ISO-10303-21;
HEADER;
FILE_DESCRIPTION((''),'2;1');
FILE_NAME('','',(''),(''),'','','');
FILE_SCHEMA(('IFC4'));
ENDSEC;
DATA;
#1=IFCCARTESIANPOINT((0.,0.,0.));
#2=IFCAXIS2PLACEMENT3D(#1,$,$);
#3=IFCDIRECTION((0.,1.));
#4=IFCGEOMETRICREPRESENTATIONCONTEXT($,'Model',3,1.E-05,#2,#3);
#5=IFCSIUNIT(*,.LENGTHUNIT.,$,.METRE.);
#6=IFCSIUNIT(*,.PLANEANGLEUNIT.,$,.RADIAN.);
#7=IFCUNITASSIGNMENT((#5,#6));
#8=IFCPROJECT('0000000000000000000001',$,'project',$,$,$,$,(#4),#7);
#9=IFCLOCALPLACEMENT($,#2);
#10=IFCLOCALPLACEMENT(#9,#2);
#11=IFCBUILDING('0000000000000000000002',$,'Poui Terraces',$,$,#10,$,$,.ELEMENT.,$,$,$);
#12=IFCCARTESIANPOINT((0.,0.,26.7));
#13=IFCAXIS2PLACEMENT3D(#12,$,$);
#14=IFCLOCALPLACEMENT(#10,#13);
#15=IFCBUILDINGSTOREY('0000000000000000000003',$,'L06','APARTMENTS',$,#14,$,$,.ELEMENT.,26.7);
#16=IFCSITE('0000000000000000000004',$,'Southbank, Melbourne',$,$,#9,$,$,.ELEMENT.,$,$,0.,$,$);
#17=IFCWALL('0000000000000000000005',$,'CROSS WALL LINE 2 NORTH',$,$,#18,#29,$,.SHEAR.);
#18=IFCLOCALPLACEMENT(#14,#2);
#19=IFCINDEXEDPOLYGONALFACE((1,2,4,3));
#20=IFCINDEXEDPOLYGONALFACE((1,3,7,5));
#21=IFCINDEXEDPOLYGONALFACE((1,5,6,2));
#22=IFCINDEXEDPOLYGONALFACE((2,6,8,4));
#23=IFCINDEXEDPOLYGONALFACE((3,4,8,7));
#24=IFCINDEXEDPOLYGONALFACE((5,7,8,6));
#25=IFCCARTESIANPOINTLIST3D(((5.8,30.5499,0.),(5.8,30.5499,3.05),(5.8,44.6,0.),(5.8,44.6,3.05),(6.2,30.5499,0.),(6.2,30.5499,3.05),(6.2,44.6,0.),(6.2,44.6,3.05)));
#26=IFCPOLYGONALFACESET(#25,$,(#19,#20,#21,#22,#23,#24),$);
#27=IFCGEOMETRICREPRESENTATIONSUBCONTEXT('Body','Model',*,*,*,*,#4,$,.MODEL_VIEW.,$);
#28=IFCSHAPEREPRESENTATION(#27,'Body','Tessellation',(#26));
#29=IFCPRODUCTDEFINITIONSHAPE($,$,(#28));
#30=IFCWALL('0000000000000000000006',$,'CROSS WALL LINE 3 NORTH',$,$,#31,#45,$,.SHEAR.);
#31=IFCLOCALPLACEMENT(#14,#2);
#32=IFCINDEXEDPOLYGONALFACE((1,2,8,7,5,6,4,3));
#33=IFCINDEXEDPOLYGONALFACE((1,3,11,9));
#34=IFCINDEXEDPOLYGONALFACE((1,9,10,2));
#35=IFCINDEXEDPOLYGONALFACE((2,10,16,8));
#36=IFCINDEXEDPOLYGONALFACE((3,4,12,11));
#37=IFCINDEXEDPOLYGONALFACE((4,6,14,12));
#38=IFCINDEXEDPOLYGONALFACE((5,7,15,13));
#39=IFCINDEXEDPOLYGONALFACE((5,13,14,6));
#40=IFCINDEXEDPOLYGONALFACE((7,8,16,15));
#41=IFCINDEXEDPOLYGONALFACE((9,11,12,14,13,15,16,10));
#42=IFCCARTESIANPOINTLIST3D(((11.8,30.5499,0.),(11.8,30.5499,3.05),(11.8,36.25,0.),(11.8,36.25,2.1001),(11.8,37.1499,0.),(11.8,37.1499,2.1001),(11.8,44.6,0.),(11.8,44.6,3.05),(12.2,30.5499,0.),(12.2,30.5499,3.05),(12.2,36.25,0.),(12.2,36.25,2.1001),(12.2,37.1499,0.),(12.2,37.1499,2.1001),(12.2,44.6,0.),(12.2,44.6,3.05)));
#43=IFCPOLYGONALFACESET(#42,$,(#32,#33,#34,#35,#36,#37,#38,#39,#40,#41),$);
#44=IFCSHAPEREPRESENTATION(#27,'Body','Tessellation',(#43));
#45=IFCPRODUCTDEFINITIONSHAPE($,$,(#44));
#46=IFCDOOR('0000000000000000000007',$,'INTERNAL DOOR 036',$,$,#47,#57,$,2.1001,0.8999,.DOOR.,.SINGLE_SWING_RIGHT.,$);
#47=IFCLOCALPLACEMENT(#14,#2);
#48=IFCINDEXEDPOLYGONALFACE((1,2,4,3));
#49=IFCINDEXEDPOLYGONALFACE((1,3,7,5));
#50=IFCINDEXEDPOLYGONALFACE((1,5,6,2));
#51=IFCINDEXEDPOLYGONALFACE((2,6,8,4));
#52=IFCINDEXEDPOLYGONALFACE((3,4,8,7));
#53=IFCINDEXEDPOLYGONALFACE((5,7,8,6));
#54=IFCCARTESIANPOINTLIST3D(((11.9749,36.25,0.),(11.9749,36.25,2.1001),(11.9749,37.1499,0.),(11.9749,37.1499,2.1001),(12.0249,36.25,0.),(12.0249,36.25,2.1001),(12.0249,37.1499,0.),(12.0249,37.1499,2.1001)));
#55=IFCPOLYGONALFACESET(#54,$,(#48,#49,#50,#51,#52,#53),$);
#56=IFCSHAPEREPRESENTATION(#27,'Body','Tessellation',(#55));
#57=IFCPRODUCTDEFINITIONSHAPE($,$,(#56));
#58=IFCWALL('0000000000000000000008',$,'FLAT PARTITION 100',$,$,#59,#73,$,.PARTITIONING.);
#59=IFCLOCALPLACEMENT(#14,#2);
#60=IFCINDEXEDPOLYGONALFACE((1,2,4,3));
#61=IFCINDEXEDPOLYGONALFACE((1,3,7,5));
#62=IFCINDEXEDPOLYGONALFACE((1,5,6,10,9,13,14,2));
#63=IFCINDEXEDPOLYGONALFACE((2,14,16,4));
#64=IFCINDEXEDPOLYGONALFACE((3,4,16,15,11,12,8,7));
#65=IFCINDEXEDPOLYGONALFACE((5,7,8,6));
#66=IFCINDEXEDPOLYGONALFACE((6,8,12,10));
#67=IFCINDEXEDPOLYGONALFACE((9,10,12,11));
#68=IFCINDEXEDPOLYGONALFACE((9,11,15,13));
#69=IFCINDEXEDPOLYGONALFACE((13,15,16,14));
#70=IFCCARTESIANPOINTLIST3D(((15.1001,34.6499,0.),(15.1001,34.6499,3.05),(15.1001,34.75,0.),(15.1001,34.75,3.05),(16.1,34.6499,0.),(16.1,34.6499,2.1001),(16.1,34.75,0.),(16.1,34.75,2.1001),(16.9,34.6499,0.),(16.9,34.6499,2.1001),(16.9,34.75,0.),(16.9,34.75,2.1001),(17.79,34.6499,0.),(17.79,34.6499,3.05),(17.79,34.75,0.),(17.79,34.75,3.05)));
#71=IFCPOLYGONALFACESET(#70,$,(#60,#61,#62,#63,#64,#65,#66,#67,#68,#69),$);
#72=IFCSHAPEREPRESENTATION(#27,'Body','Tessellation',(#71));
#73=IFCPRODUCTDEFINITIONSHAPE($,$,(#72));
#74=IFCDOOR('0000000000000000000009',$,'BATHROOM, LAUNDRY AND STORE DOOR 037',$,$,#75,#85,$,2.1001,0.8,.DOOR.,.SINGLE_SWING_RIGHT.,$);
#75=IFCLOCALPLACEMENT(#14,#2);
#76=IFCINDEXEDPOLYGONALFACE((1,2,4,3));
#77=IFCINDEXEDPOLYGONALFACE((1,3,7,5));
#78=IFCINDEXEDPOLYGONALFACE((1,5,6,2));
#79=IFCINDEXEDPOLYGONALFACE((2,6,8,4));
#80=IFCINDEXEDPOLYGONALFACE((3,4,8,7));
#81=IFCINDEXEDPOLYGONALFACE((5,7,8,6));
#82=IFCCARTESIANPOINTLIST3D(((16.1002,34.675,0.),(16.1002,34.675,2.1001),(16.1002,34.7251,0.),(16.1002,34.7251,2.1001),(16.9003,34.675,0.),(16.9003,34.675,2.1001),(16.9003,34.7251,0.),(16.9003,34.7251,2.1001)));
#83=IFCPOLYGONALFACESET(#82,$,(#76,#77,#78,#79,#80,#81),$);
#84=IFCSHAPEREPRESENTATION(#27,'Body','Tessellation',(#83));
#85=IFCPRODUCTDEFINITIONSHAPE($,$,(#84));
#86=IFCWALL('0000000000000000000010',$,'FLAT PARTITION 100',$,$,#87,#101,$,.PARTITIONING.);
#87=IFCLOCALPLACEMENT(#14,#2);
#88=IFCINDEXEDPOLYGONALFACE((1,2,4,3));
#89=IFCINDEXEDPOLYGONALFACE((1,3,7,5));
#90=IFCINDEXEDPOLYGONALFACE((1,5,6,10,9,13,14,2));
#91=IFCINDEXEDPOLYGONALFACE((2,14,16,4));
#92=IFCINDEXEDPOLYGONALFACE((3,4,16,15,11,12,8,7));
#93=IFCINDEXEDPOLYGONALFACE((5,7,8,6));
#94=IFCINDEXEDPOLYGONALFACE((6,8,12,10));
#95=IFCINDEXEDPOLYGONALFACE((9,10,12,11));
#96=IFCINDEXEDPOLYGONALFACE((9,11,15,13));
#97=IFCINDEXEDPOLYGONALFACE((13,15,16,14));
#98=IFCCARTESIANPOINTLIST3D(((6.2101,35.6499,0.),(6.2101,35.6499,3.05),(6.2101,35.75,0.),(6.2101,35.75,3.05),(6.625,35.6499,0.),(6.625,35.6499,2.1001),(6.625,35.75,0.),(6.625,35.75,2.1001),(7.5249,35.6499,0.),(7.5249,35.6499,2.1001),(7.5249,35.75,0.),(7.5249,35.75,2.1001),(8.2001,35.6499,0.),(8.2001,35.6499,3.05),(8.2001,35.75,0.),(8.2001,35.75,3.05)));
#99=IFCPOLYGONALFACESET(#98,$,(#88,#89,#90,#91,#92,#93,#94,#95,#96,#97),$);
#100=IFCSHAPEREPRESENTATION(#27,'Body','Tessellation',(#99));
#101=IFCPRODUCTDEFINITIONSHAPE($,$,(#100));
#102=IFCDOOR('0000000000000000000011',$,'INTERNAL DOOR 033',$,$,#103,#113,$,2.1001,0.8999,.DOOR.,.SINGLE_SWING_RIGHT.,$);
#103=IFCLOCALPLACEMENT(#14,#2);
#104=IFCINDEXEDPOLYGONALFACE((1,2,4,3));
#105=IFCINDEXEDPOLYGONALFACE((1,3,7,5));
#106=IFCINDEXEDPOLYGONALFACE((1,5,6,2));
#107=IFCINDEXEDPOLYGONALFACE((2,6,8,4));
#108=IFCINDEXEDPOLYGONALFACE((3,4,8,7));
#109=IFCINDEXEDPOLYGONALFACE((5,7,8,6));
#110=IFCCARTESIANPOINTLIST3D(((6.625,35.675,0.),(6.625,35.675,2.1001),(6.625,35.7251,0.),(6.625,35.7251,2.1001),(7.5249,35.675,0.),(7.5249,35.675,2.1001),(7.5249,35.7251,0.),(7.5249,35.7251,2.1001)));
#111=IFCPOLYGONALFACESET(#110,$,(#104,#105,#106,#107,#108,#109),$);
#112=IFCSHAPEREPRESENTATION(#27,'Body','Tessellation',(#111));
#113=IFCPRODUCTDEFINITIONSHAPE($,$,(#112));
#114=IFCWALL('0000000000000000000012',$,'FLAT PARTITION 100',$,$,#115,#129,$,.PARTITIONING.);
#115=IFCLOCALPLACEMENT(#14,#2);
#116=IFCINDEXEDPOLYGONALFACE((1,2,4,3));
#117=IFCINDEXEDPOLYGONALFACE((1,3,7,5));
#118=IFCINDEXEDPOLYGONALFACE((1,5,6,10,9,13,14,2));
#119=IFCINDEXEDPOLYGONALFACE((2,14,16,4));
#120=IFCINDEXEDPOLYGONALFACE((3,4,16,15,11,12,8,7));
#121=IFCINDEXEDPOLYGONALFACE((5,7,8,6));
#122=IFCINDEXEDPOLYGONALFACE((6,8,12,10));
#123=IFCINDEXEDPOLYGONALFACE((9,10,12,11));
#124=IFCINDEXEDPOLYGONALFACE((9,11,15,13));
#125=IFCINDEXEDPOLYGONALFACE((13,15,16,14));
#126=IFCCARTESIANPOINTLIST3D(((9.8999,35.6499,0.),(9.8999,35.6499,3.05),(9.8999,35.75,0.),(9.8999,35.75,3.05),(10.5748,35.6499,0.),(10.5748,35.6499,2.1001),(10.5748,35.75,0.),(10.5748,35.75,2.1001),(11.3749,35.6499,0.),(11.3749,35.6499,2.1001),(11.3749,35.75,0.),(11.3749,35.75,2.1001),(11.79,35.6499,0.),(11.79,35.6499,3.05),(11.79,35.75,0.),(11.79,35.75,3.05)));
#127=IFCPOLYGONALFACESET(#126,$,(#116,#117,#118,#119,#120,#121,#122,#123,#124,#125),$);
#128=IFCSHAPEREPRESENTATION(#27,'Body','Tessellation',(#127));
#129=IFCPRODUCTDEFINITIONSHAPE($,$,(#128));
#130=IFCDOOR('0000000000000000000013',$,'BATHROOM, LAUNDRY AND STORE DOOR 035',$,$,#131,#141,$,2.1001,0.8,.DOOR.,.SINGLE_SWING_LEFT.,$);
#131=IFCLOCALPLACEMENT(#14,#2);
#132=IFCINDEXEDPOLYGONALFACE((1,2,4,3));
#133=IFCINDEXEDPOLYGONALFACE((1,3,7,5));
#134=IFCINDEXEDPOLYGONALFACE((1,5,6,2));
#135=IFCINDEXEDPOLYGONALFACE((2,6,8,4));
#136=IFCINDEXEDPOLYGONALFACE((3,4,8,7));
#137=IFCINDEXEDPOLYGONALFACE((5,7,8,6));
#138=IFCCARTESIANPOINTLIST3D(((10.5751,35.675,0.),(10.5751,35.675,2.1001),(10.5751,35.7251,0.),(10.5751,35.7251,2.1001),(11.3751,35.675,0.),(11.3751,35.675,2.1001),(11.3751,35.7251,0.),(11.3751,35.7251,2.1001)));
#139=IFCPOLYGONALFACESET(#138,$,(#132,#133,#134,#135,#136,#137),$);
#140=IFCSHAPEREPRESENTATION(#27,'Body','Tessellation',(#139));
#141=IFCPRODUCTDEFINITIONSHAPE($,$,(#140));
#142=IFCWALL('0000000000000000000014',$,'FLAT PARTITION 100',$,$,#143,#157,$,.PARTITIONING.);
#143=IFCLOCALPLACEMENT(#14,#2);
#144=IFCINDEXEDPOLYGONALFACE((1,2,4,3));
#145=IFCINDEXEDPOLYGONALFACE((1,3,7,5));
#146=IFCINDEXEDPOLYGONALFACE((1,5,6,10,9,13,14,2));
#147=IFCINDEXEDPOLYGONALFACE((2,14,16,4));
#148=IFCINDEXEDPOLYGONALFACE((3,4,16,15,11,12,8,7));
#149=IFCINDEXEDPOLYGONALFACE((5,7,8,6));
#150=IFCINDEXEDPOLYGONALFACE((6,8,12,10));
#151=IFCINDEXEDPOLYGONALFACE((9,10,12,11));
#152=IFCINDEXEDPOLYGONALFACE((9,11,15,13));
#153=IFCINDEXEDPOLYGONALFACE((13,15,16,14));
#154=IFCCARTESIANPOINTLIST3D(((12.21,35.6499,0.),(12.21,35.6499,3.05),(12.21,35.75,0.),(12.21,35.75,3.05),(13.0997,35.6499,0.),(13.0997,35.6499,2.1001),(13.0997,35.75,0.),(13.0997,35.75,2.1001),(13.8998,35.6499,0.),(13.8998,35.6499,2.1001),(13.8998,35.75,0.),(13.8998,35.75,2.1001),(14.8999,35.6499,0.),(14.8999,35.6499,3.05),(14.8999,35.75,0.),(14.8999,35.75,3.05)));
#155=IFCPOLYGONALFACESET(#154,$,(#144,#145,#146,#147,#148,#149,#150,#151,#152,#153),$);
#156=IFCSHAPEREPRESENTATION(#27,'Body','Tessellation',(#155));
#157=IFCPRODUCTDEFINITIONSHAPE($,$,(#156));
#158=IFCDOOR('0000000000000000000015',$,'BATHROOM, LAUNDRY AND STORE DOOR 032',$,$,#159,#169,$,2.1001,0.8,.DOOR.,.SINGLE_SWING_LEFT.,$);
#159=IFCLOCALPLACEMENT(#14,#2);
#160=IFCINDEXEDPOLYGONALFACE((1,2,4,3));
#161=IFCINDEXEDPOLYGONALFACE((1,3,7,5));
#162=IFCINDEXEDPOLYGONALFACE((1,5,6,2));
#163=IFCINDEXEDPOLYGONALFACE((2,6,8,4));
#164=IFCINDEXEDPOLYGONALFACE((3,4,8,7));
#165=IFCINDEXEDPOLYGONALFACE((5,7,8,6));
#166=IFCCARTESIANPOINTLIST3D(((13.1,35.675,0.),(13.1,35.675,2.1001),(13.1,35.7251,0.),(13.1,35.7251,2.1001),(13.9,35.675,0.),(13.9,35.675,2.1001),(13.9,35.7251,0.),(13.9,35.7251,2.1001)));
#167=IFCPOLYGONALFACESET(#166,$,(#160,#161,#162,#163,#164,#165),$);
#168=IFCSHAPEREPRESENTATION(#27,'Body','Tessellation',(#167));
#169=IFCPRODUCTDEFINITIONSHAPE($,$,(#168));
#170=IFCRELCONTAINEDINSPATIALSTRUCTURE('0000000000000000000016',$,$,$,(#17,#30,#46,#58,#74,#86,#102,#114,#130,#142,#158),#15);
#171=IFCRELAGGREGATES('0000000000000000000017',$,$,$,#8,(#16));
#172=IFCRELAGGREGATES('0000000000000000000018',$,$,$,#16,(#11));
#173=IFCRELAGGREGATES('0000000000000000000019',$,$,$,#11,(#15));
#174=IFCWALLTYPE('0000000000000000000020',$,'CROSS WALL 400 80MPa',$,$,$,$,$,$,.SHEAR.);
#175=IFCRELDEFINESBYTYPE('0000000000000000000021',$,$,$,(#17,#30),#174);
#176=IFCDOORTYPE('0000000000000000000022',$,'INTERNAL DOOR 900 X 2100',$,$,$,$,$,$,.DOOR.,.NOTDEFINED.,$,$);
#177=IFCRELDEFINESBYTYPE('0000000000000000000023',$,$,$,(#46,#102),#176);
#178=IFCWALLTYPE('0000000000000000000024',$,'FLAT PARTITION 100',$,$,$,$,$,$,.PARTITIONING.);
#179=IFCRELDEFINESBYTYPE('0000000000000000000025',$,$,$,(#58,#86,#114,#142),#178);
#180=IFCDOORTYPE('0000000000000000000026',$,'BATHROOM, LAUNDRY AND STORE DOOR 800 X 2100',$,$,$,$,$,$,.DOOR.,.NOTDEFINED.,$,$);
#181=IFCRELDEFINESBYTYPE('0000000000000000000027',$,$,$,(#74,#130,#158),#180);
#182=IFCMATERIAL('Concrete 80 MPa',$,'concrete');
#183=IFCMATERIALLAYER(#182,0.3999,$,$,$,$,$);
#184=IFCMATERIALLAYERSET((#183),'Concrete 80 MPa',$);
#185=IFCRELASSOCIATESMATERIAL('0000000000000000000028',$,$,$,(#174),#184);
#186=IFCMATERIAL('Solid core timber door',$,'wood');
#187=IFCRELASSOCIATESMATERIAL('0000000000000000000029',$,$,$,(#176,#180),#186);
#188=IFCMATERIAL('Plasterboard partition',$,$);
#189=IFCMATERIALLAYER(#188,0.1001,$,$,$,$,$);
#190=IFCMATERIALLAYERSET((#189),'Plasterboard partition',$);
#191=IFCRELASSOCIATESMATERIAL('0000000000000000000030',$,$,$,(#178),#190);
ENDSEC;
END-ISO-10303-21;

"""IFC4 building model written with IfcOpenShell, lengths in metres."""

from ifc_helpers import new_model, si_unit, direction, frame, frame_2d, origin, place, context, subcontext, project, spatial, rectangle, extrude, material, layer, layer_set, type_object, element, fill, save


model = new_model("IFC4")

# Units and contexts
model_context = context("Model", 3, precision=1e-05, world=origin(), true_north=direction((0.0, 1.0)))
body_context = subcontext(model_context, "Body", "Model", "MODEL_VIEW")
ifc_project = project(units=[si_unit("LENGTHUNIT", "METRE"), si_unit("PLANEANGLEUNIT", "RADIAN")], contexts=[model_context])

# Site, building, storey
site_placement = place(None, origin())
site = spatial("IfcSite", under=ifc_project, at=site_placement, Name="Southbank, Melbourne", CompositionType="ELEMENT", RefElevation=0.0)
building_placement = place(site_placement, origin())
building = spatial("IfcBuilding", under=site, at=building_placement, Name="Poui Terraces", CompositionType="ELEMENT")
storey_placement = place(building_placement, frame((0.0, 0.0, 26.7)))
storey = spatial("IfcBuildingStorey", under=building, at=storey_placement, Name="L06", Description="APARTMENTS", CompositionType="ELEMENT", Elevation=26.7)

# Wall
ifc_material_1 = material(Name="Concrete 80 MPa", Category="concrete")
ifc_layer_1 = layer(ifc_material_1, 0.3999)
ifc_layer_set_1 = layer_set([ifc_layer_1], Name="Concrete 80 MPa")
wall_type_1 = type_object("IfcWallType", Name="CROSS WALL 400 80MPa", PredefinedType="SHEAR", material=ifc_layer_set_1)
wall_1_placement = place(storey_placement, frame((6.0, 30.55, 0.0), z_axis=(0.0, 0.0, 1.0), x_axis=(0.0, 1.0, 0.0)))
element("IfcWall", 1, at=wall_1_placement, inside=storey, type_object=wall_type_1, Name="CROSS WALL LINE 2 NORTH", PredefinedType="SHEAR", context=body_context, shape_type="SweptSolid", body=[
    extrude(rectangle(XDim=14.05, YDim=0.3999, at=frame_2d((7.0249, 0.0))), origin(), (0.0, 0.0, 1.0), 3.05),
])

# Walls, openings, doors
wall_2_placement = place(storey_placement, frame((12.0, 30.55, 0.0), z_axis=(0.0, 0.0, 1.0), x_axis=(0.0, 1.0, 0.0)))
wall_2 = element("IfcWall", 2, at=wall_2_placement, inside=storey, type_object=wall_type_1, Name="CROSS WALL LINE 3 NORTH", PredefinedType="SHEAR", context=body_context, shape_type="SweptSolid", body=[
    extrude(rectangle(XDim=14.05, YDim=0.3999, at=frame_2d((7.0249, 0.0))), origin(), (0.0, 0.0, 1.0), 3.05),
])
opening_1_placement = place(wall_2_placement, frame((5.7, 0.0, 0.0)))
opening_1 = element("IfcOpeningElement", 3, at=opening_1_placement, cuts=wall_2, PredefinedType="OPENING", context=body_context, shape_type="SweptSolid", body=[
    extrude(rectangle(XDim=0.8999, YDim=2.1001, at=frame_2d((0.45, 1.05))), frame((0.0, 0.21, 0.0), z_axis=(0.0, -1.0, 0.0), x_axis=(1.0, 0.0, 0.0)), (0.0, 0.0, 1.0), 0.4199),
])
ifc_material_2 = material(Name="Solid core timber door", Category="wood")
door_type_1 = type_object("IfcDoorType", Name="INTERNAL DOOR 900 X 2100", OperationType="NOTDEFINED", PredefinedType="DOOR", material=ifc_material_2)
door_1_placement = place(opening_1_placement, frame((0.8999, 0.0, 0.0), z_axis=(0.0, 0.0, 1.0), x_axis=(-1.0, 0.0, 0.0)))
door_1 = element("IfcDoor", 4, at=door_1_placement, inside=storey, type_object=door_type_1, Name="INTERNAL DOOR 036", OperationType="SINGLE_SWING_RIGHT", OverallHeight=2.1001, OverallWidth=0.8999, PredefinedType="DOOR", context=body_context, shape_type="SweptSolid", body=[
    extrude(rectangle(XDim=0.8999, YDim=2.1001, at=frame_2d((0.45, 1.05))), frame((0.0, 0.0249, 0.0), z_axis=(0.0, -1.0, 0.0), x_axis=(1.0, 0.0, 0.0)), (0.0, 0.0, 1.0), 0.05),
])
fill(opening_1, door_1)
ifc_material_3 = material(Name="Plasterboard partition")
ifc_layer_2 = layer(ifc_material_3, 0.1001)
ifc_layer_set_2 = layer_set([ifc_layer_2], Name="Plasterboard partition")
wall_type_2 = type_object("IfcWallType", Name="FLAT PARTITION 100", PredefinedType="PARTITIONING", material=ifc_layer_set_2)
wall_3_placement = place(storey_placement, frame((15.1001, 34.7, 0.0), z_axis=(0.0, 0.0, 1.0), x_axis=(1.0, 0.0, 0.0)))
wall_3 = element("IfcWall", 5, at=wall_3_placement, inside=storey, type_object=wall_type_2, Name="FLAT PARTITION 100", PredefinedType="PARTITIONING", context=body_context, shape_type="SweptSolid", body=[
    extrude(rectangle(XDim=2.6899, YDim=0.1001, at=frame_2d((1.345, 0.0))), origin(), (0.0, 0.0, 1.0), 3.05),
])
opening_2_placement = place(wall_3_placement, frame((1.0, 0.0, 0.0)))
opening_2 = element("IfcOpeningElement", 6, at=opening_2_placement, cuts=wall_3, PredefinedType="OPENING", context=body_context, shape_type="SweptSolid", body=[
    extrude(rectangle(XDim=0.8, YDim=2.1001, at=frame_2d((0.3999, 1.05))), frame((0.0, 0.0601, 0.0), z_axis=(0.0, -1.0, 0.0), x_axis=(1.0, 0.0, 0.0)), (0.0, 0.0, 1.0), 0.1201),
])
door_type_2 = type_object("IfcDoorType", Name="BATHROOM, LAUNDRY AND STORE DOOR 800 X 2100", OperationType="NOTDEFINED", PredefinedType="DOOR", material=ifc_material_2)
door_2_placement = place(opening_2_placement, frame((0.8, 0.0, 0.0), z_axis=(0.0, 0.0, 1.0), x_axis=(-1.0, 0.0, 0.0)))
door_2 = element("IfcDoor", 7, at=door_2_placement, inside=storey, type_object=door_type_2, Name="BATHROOM, LAUNDRY AND STORE DOOR 037", OperationType="SINGLE_SWING_RIGHT", OverallHeight=2.1001, OverallWidth=0.8, PredefinedType="DOOR", context=body_context, shape_type="SweptSolid", body=[
    extrude(rectangle(XDim=0.8, YDim=2.1001, at=frame_2d((0.3999, 1.05))), frame((0.0, 0.0249, 0.0), z_axis=(0.0, -1.0, 0.0), x_axis=(1.0, 0.0, 0.0)), (0.0, 0.0, 1.0), 0.05),
])
fill(opening_2, door_2)
wall_4_placement = place(storey_placement, frame((6.21, 35.7, 0.0), z_axis=(0.0, 0.0, 1.0), x_axis=(1.0, 0.0, 0.0)))
wall_4 = element("IfcWall", 8, at=wall_4_placement, inside=storey, type_object=wall_type_2, Name="FLAT PARTITION 100", PredefinedType="PARTITIONING", context=body_context, shape_type="SweptSolid", body=[
    extrude(rectangle(XDim=1.99, YDim=0.1001, at=frame_2d((0.9951, 0.0))), origin(), (0.0, 0.0, 1.0), 3.05),
])
opening_3_placement = place(wall_4_placement, frame((0.415, 0.0, 0.0)))
opening_3 = element("IfcOpeningElement", 9, at=opening_3_placement, cuts=wall_4, PredefinedType="OPENING", context=body_context, shape_type="SweptSolid", body=[
    extrude(rectangle(XDim=0.8999, YDim=2.1001, at=frame_2d((0.45, 1.05))), frame((0.0, 0.0601, 0.0), z_axis=(0.0, -1.0, 0.0), x_axis=(1.0, 0.0, 0.0)), (0.0, 0.0, 1.0), 0.1201),
])
door_3_placement = place(opening_3_placement, frame((0.8999, 0.0, 0.0), z_axis=(0.0, 0.0, 1.0), x_axis=(-1.0, 0.0, 0.0)))
door_3 = element("IfcDoor", 10, at=door_3_placement, inside=storey, type_object=door_type_1, Name="INTERNAL DOOR 033", OperationType="SINGLE_SWING_RIGHT", OverallHeight=2.1001, OverallWidth=0.8999, PredefinedType="DOOR", context=body_context, shape_type="SweptSolid", body=[
    extrude(rectangle(XDim=0.8999, YDim=2.1001, at=frame_2d((0.45, 1.05))), frame((0.0, 0.0249, 0.0), z_axis=(0.0, -1.0, 0.0), x_axis=(1.0, 0.0, 0.0)), (0.0, 0.0, 1.0), 0.05),
])
fill(opening_3, door_3)
wall_5_placement = place(storey_placement, frame((9.8999, 35.7, 0.0), z_axis=(0.0, 0.0, 1.0), x_axis=(1.0, 0.0, 0.0)))
wall_5 = element("IfcWall", 11, at=wall_5_placement, inside=storey, type_object=wall_type_2, Name="FLAT PARTITION 100", PredefinedType="PARTITIONING", context=body_context, shape_type="SweptSolid", body=[
    extrude(rectangle(XDim=1.8901, YDim=0.1001, at=frame_2d((0.9451, 0.0))), origin(), (0.0, 0.0, 1.0), 3.05),
])
opening_4_placement = place(wall_5_placement, frame((0.675, 0.0, 0.0)))
opening_4 = element("IfcOpeningElement", 12, at=opening_4_placement, cuts=wall_5, PredefinedType="OPENING", context=body_context, shape_type="SweptSolid", body=[
    extrude(rectangle(XDim=0.8, YDim=2.1001, at=frame_2d((0.3999, 1.05))), frame((0.0, 0.0601, 0.0), z_axis=(0.0, -1.0, 0.0), x_axis=(1.0, 0.0, 0.0)), (0.0, 0.0, 1.0), 0.1201),
])
door_4_placement = place(opening_4_placement, frame((0.8, 0.0, 0.0), z_axis=(0.0, 0.0, 1.0), x_axis=(-1.0, 0.0, 0.0)))
door_4 = element("IfcDoor", 13, at=door_4_placement, inside=storey, type_object=door_type_2, Name="BATHROOM, LAUNDRY AND STORE DOOR 035", OperationType="SINGLE_SWING_LEFT", OverallHeight=2.1001, OverallWidth=0.8, PredefinedType="DOOR", context=body_context, shape_type="SweptSolid", body=[
    extrude(rectangle(XDim=0.8, YDim=2.1001, at=frame_2d((0.3999, 1.05))), frame((0.0, 0.0249, 0.0), z_axis=(0.0, -1.0, 0.0), x_axis=(1.0, 0.0, 0.0)), (0.0, 0.0, 1.0), 0.05),
])
fill(opening_4, door_4)
wall_6_placement = place(storey_placement, frame((12.21, 35.7, 0.0), z_axis=(0.0, 0.0, 1.0), x_axis=(1.0, 0.0, 0.0)))
wall_6 = element("IfcWall", 14, at=wall_6_placement, inside=storey, type_object=wall_type_2, Name="FLAT PARTITION 100", PredefinedType="PARTITIONING", context=body_context, shape_type="SweptSolid", body=[
    extrude(rectangle(XDim=2.6899, YDim=0.1001, at=frame_2d((1.345, 0.0))), origin(), (0.0, 0.0, 1.0), 3.05),
])
opening_5_placement = place(wall_6_placement, frame((0.8899, 0.0, 0.0)))
opening_5 = element("IfcOpeningElement", 15, at=opening_5_placement, cuts=wall_6, PredefinedType="OPENING", context=body_context, shape_type="SweptSolid", body=[
    extrude(rectangle(XDim=0.8, YDim=2.1001, at=frame_2d((0.3999, 1.05))), frame((0.0, 0.0601, 0.0), z_axis=(0.0, -1.0, 0.0), x_axis=(1.0, 0.0, 0.0)), (0.0, 0.0, 1.0), 0.1201),
])
door_5_placement = place(opening_5_placement, frame((0.8, 0.0, 0.0), z_axis=(0.0, 0.0, 1.0), x_axis=(-1.0, 0.0, 0.0)))
door_5 = element("IfcDoor", 16, at=door_5_placement, inside=storey, type_object=door_type_2, Name="BATHROOM, LAUNDRY AND STORE DOOR 032", OperationType="SINGLE_SWING_LEFT", OverallHeight=2.1001, OverallWidth=0.8, PredefinedType="DOOR", context=body_context, shape_type="SweptSolid", body=[
    extrude(rectangle(XDim=0.8, YDim=2.1001, at=frame_2d((0.3999, 1.05))), frame((0.0, 0.0249, 0.0), z_axis=(0.0, -1.0, 0.0), x_axis=(1.0, 0.0, 0.0)), (0.0, 0.0, 1.0), 0.05),
])
fill(opening_5, door_5)

save(model, "model.ifc")
